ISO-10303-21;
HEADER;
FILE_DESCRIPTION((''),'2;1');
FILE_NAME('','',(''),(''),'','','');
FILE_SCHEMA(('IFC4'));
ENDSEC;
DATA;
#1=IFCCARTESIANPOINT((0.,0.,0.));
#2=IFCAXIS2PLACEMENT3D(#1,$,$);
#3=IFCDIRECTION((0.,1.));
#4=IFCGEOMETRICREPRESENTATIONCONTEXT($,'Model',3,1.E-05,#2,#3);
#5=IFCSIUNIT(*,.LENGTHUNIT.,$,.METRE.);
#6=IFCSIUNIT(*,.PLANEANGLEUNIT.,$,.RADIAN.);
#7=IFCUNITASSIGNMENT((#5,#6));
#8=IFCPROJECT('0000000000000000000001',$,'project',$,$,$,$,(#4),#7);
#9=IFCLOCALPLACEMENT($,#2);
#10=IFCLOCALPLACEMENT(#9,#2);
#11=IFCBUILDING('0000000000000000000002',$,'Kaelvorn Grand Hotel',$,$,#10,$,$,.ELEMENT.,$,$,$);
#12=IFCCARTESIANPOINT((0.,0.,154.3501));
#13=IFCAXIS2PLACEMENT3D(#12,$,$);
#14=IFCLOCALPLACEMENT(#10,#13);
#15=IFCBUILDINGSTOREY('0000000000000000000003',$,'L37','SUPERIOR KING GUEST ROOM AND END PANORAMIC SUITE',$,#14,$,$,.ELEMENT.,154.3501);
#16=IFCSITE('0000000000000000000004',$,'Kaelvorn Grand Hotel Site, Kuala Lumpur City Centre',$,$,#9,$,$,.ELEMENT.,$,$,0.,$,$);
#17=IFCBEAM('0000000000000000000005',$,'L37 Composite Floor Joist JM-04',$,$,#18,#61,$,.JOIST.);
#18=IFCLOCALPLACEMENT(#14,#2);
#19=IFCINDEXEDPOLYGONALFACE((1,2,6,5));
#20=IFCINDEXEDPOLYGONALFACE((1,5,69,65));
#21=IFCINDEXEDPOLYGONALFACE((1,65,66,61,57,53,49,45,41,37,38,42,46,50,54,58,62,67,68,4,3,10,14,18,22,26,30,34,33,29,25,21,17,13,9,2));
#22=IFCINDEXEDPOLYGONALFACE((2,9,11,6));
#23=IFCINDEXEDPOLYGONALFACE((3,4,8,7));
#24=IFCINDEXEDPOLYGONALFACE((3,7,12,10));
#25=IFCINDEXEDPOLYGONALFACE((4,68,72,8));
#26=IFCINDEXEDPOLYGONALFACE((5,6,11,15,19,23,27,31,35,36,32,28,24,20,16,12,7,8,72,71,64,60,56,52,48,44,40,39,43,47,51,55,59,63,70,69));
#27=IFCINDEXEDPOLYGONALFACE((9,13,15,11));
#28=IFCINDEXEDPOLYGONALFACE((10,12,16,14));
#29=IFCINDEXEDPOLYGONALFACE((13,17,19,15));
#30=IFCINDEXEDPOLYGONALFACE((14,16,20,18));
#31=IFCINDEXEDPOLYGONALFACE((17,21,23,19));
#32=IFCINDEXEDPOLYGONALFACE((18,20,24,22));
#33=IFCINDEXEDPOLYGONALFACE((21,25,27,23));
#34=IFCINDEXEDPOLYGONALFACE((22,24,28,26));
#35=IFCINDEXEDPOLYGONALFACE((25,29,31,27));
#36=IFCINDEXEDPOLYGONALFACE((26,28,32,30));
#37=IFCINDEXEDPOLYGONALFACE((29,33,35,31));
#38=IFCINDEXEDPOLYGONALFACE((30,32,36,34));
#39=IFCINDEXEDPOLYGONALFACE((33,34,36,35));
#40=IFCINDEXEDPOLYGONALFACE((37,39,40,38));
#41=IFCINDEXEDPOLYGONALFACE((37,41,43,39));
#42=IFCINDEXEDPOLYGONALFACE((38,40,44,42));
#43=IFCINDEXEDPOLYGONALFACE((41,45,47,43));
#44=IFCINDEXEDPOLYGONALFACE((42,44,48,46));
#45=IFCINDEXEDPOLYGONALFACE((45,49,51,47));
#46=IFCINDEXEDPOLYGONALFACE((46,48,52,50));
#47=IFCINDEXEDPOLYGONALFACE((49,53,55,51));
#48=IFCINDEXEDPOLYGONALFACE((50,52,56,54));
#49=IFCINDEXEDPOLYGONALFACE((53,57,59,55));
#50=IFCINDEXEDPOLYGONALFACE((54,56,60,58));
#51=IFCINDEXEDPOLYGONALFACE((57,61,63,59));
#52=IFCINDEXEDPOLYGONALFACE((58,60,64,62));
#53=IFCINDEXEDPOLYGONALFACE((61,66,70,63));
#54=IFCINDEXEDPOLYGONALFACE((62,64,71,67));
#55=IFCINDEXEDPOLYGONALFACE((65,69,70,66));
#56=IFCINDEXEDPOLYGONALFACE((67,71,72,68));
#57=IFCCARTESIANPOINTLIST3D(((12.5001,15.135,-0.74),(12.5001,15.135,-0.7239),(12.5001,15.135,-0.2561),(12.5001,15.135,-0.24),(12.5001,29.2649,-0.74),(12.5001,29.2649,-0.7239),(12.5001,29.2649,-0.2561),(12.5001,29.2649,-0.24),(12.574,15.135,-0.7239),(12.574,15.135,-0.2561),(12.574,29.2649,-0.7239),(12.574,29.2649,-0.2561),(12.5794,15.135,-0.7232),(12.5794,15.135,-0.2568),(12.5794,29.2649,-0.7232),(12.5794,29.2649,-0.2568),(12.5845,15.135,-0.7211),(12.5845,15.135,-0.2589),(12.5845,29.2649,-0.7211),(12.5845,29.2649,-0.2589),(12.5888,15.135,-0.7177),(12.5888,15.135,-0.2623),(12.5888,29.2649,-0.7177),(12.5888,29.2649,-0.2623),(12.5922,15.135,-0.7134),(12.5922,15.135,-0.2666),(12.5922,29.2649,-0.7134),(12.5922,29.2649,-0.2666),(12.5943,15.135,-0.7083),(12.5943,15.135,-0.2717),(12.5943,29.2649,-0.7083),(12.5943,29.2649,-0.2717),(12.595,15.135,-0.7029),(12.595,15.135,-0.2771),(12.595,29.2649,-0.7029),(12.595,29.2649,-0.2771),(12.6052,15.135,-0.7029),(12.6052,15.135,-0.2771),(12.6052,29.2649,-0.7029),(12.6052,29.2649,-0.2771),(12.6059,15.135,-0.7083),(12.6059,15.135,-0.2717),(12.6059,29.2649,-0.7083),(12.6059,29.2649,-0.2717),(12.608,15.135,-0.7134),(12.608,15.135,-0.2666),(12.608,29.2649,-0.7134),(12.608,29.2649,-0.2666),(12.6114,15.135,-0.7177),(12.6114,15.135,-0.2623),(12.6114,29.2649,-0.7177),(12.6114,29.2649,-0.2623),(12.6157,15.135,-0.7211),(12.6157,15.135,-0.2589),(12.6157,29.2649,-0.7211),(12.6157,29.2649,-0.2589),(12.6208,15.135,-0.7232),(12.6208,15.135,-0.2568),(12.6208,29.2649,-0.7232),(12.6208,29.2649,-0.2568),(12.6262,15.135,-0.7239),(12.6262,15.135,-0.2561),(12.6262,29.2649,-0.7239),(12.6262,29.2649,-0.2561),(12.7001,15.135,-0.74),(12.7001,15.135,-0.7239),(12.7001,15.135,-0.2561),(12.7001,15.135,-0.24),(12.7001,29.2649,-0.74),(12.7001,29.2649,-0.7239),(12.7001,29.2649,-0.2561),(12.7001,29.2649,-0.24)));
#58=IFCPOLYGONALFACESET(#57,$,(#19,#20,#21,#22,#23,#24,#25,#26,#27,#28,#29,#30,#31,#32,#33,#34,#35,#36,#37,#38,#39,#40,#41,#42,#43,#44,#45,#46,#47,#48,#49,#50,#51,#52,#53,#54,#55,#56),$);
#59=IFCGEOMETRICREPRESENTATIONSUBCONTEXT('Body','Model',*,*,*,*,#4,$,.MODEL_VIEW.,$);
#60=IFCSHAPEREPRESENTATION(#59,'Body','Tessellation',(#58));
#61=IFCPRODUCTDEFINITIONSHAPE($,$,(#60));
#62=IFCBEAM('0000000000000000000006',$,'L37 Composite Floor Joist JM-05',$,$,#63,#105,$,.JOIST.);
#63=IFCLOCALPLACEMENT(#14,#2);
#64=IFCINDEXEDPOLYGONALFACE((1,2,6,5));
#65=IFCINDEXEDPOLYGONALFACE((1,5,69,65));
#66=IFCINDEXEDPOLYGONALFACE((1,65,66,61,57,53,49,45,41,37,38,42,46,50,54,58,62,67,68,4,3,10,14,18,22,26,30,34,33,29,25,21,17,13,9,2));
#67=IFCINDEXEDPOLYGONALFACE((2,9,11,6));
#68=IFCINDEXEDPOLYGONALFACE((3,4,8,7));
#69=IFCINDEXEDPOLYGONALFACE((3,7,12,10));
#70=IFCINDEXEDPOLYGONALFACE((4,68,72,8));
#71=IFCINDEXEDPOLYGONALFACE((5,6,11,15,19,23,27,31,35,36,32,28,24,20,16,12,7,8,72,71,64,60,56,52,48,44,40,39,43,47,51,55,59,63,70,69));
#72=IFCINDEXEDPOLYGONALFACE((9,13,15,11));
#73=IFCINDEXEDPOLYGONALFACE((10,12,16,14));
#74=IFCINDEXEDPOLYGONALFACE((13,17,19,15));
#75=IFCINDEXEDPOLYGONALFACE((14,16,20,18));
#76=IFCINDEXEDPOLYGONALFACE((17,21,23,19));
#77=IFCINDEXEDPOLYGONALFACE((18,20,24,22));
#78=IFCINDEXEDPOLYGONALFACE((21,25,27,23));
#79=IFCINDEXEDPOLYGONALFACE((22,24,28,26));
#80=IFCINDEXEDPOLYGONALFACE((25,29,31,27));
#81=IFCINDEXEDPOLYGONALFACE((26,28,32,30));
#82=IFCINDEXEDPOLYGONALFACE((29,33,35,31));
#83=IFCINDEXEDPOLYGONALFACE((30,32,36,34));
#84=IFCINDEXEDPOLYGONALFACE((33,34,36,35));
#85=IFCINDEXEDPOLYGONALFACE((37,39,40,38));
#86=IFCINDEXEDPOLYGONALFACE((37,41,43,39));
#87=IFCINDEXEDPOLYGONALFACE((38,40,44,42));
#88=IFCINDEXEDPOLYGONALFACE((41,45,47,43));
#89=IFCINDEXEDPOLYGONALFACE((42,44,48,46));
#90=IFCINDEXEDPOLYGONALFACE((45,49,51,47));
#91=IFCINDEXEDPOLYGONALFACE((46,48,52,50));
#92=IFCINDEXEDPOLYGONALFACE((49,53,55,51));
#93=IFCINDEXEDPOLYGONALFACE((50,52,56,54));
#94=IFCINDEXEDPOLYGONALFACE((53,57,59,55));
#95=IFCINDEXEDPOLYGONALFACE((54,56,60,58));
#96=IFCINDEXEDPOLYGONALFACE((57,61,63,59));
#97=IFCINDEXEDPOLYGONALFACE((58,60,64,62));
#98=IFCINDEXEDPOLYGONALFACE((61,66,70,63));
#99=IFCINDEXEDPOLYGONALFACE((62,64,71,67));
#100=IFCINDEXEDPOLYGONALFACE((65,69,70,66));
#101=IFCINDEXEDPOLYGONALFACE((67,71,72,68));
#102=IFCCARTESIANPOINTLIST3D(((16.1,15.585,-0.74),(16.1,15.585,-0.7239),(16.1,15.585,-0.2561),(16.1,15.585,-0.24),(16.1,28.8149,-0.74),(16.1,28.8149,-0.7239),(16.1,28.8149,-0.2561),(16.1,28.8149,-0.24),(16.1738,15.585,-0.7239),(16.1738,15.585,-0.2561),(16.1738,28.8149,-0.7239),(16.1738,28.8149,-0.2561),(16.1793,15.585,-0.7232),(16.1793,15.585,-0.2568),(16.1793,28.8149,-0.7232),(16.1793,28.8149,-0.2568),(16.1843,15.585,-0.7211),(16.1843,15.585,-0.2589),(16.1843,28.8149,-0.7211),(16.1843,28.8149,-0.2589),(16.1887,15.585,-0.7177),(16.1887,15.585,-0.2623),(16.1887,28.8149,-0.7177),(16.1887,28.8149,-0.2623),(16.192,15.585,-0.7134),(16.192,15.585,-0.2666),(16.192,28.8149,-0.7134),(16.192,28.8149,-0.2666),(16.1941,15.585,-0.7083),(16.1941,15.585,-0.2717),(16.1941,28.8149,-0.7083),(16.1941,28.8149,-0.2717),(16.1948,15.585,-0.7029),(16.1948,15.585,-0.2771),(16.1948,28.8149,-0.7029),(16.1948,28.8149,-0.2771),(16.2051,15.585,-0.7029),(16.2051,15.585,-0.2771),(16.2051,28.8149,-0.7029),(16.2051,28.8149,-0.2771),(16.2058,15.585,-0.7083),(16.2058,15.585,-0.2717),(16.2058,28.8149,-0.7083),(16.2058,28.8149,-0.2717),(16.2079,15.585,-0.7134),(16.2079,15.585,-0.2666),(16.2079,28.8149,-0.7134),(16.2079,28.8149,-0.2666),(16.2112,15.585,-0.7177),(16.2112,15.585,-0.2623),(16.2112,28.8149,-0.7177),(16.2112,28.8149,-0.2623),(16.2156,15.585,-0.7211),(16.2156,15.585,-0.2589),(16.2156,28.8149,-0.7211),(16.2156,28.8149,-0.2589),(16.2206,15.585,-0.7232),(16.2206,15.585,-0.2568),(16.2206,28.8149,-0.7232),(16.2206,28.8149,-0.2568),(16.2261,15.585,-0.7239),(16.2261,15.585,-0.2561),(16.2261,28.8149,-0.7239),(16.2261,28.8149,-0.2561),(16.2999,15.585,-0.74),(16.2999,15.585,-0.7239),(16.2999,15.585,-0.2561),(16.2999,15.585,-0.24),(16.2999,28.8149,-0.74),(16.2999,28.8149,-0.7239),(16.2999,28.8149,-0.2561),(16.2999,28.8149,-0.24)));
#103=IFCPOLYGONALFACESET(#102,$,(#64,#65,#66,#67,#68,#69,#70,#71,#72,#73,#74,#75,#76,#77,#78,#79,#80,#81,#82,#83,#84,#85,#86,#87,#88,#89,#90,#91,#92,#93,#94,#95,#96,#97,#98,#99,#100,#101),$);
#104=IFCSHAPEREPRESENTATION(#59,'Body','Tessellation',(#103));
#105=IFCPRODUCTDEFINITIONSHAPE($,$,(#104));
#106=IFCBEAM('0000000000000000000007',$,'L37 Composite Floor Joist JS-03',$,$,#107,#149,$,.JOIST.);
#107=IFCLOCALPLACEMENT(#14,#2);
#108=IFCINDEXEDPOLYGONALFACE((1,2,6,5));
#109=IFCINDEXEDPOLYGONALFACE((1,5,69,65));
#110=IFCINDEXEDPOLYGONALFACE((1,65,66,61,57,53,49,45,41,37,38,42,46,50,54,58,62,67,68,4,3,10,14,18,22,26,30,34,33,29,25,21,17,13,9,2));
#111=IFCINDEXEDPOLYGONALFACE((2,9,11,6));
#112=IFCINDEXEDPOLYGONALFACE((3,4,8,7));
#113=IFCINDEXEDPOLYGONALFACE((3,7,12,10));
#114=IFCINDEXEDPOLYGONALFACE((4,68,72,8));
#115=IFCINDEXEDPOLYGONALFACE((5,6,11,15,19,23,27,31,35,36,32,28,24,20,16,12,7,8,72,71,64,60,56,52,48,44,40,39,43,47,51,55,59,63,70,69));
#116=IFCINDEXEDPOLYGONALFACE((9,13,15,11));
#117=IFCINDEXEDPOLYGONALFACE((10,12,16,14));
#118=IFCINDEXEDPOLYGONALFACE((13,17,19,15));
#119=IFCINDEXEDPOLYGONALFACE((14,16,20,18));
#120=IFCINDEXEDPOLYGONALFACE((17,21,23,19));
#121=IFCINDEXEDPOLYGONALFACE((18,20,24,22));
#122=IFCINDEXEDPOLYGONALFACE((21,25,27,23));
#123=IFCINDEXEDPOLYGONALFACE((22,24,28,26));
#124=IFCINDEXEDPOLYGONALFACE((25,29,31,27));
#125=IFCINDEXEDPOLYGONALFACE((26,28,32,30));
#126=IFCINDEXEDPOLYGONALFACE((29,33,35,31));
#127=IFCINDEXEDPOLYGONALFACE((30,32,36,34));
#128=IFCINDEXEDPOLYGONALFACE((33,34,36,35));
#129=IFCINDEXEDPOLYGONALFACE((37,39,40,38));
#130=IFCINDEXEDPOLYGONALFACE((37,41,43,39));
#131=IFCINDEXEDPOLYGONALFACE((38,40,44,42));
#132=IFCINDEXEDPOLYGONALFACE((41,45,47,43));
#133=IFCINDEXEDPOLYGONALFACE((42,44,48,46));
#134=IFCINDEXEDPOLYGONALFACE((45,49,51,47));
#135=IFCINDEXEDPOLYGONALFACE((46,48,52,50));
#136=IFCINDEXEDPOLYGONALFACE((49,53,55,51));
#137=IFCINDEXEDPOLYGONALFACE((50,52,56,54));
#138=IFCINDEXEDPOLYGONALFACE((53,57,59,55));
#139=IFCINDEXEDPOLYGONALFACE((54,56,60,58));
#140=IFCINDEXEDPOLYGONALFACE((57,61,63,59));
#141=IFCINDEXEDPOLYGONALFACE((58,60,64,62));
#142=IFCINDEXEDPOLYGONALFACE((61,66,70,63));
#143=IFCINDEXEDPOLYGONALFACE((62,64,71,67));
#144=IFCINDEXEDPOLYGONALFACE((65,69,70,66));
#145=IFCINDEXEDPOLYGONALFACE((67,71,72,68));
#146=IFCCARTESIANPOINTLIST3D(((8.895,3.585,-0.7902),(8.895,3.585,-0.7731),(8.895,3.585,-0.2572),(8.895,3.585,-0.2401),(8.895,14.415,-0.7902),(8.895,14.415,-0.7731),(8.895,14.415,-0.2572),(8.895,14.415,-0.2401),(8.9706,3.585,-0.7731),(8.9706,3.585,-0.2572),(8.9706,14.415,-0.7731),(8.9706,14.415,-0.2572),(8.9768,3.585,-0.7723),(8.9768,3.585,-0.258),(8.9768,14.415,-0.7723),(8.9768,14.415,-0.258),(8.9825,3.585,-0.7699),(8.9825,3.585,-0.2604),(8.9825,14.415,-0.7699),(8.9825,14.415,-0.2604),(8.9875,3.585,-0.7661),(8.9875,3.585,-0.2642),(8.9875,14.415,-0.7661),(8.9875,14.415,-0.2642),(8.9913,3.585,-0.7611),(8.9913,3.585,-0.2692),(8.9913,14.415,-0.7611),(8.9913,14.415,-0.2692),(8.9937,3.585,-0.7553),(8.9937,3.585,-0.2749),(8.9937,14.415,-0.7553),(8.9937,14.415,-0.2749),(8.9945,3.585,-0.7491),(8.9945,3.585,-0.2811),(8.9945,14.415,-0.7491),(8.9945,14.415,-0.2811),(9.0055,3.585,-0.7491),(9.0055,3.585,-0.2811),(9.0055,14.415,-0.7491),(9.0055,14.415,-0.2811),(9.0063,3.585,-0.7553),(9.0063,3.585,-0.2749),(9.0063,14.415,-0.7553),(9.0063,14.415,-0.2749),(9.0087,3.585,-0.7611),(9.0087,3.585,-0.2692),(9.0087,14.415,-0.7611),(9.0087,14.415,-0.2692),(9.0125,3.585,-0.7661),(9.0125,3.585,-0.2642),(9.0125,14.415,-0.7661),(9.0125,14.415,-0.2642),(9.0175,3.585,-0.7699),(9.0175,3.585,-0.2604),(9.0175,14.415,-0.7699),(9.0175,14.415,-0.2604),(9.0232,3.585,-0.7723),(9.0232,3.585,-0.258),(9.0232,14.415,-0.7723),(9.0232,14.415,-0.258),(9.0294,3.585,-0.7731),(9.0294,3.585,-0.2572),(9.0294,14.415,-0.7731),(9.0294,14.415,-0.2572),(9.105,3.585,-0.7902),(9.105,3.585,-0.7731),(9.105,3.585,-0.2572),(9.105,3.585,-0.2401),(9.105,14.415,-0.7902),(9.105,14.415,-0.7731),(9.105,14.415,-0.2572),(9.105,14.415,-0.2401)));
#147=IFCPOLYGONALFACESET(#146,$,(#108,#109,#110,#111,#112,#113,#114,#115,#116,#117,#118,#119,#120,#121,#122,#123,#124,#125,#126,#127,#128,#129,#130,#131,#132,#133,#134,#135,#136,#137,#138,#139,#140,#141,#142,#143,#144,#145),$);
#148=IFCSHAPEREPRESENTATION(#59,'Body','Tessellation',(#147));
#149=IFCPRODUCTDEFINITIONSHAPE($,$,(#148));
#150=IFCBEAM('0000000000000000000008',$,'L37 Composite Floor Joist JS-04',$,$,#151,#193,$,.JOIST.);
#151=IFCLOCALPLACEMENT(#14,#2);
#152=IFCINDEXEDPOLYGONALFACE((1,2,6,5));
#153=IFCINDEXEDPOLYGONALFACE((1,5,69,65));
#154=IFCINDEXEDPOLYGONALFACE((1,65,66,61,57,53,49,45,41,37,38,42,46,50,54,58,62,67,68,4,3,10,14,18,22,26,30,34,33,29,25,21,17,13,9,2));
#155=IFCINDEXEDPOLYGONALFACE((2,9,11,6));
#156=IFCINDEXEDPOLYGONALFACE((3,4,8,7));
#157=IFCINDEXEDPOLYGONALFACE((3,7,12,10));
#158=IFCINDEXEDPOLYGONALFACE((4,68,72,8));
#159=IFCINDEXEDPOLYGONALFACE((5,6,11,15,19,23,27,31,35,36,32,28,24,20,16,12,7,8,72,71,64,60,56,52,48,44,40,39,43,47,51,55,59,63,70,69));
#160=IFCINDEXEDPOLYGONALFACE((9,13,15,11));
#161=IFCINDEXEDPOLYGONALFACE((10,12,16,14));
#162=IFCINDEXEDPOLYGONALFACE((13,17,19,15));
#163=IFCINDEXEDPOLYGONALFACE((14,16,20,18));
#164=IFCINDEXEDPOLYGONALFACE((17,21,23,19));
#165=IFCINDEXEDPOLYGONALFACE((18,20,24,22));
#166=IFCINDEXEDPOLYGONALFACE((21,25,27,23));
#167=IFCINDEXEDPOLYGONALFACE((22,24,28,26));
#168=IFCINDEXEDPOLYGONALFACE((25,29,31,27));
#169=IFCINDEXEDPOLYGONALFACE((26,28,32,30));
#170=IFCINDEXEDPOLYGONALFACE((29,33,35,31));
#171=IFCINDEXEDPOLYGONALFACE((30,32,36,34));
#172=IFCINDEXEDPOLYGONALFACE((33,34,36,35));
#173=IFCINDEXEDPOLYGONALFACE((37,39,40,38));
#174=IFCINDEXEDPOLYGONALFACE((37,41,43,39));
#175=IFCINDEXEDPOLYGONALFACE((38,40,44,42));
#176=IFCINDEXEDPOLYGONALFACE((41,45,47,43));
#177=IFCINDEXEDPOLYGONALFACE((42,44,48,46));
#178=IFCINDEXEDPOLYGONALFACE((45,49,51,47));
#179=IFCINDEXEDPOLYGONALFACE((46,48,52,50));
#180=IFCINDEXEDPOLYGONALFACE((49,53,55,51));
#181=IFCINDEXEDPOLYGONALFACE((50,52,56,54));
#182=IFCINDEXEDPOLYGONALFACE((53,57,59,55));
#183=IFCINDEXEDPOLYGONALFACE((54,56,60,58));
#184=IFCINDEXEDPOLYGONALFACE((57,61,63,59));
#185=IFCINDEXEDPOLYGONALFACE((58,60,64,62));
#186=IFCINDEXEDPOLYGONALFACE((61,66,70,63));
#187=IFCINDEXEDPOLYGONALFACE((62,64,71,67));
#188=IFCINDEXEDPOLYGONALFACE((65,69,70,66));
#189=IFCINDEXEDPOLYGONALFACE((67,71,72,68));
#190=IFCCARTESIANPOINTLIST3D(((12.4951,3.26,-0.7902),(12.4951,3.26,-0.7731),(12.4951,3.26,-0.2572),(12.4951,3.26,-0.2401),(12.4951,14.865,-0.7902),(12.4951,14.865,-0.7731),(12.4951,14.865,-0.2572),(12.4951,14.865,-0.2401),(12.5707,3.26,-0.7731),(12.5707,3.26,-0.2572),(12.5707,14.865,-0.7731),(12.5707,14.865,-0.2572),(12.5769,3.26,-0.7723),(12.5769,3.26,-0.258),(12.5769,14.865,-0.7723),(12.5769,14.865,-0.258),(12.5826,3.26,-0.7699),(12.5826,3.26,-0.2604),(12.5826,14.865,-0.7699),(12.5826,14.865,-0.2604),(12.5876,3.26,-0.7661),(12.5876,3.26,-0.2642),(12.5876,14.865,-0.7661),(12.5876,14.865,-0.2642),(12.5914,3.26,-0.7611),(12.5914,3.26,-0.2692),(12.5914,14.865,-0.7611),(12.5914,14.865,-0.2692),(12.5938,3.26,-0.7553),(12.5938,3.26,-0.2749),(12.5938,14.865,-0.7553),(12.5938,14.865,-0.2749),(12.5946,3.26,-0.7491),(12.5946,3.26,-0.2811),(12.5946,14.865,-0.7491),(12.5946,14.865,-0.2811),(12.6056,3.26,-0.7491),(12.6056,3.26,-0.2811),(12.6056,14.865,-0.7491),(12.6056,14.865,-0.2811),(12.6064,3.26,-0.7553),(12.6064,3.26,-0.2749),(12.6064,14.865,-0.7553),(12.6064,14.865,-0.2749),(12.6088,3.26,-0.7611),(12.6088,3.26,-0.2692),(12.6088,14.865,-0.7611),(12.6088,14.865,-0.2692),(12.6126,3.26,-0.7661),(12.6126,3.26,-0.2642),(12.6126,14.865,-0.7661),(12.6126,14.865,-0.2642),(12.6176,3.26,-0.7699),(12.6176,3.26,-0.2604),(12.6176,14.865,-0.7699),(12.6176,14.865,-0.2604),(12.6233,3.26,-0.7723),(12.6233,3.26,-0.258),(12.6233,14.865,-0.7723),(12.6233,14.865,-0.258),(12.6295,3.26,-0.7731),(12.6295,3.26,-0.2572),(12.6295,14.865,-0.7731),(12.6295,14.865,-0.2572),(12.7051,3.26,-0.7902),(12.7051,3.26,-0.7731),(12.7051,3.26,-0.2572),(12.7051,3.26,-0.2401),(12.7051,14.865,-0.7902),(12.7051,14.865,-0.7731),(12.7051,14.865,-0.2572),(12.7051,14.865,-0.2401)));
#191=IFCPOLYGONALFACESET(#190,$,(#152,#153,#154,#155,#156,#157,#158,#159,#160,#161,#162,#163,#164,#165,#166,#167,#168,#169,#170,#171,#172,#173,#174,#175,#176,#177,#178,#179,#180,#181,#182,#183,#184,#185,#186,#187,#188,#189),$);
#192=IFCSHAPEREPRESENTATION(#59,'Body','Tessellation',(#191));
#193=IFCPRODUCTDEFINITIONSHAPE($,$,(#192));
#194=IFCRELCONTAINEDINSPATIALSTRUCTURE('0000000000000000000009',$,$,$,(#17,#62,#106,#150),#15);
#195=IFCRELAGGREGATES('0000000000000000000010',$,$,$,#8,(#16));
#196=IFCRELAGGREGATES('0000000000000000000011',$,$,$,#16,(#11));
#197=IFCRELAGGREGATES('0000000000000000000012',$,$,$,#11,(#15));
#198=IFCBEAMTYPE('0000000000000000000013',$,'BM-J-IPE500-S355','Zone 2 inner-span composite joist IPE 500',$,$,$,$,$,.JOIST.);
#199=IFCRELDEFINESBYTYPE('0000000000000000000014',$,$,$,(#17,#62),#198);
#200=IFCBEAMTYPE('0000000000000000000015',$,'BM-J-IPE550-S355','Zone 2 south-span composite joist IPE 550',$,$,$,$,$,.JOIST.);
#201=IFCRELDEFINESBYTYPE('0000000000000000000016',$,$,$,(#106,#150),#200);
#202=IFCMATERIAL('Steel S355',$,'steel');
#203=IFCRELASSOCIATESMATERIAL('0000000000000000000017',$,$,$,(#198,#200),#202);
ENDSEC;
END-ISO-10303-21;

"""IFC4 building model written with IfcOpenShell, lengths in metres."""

from ifc_helpers import new_model, si_unit, direction, frame, origin, origin_2d, place, context, subcontext, project, spatial, i_section, extrude, material, material_profile, profile_set, type_object, element, save


model = new_model("IFC4")

# Units and contexts
model_context = context("Model", 3, precision=1e-05, world=origin(), true_north=direction((0.0, 1.0)))
body_context = subcontext(model_context, "Body", "Model", "MODEL_VIEW")
ifc_project = project(units=[si_unit("LENGTHUNIT", "METRE"), si_unit("PLANEANGLEUNIT", "RADIAN")], contexts=[model_context])

# Site, building, storey
site_placement = place(None, origin())
site = spatial("IfcSite", under=ifc_project, at=site_placement, Name="Kaelvorn Grand Hotel Site, Kuala Lumpur City Centre", CompositionType="ELEMENT", RefElevation=0.0)
building_placement = place(site_placement, origin())
building = spatial("IfcBuilding", under=site, at=building_placement, Name="Kaelvorn Grand Hotel", CompositionType="ELEMENT")
storey_placement = place(building_placement, frame((0.0, 0.0, 154.3501)))
storey = spatial("IfcBuildingStorey", under=building, at=storey_placement, Name="L37", Description="SUPERIOR KING GUEST ROOM AND END PANORAMIC SUITE", CompositionType="ELEMENT", Elevation=154.3501)

# Beams
ifc_material_1 = material(Name="Steel S355", Category="steel")
ifc_material_profile_1 = material_profile(ifc_material_1, i_section(OverallWidth=0.2, OverallDepth=0.5, WebThickness=0.0103, FlangeThickness=0.0161, FilletRadius=0.021, at=origin_2d()), Name="IPE 500")
ifc_profile_set_1 = profile_set([ifc_material_profile_1], Name="Steel S355")
beam_type_1 = type_object("IfcBeamType", Name="BM-J-IPE500-S355", Description="Zone 2 inner-span composite joist IPE 500", PredefinedType="JOIST", material=ifc_profile_set_1)
beam_1_placement = place(storey_placement, frame((12.6001, 15.135, -0.49), z_axis=(0.0, 1.0, 0.0), x_axis=(-1.0, 0.0, 0.0)))
element("IfcBeam", 1, at=beam_1_placement, inside=storey, type_object=beam_type_1, Name="L37 Composite Floor Joist JM-04", PredefinedType="JOIST", context=body_context, shape_type="SweptSolid", body=[
    extrude(i_section(OverallWidth=0.2, OverallDepth=0.5, WebThickness=0.0103, FlangeThickness=0.0161, FilletRadius=0.021, at=origin_2d()), origin(), (0.0, 0.0, 1.0), 14.1299),
])
beam_2_placement = place(storey_placement, frame((16.2, 15.585, -0.49), z_axis=(0.0, 1.0, 0.0), x_axis=(-1.0, 0.0, 0.0)))
element("IfcBeam", 2, at=beam_2_placement, inside=storey, type_object=beam_type_1, Name="L37 Composite Floor Joist JM-05", PredefinedType="JOIST", context=body_context, shape_type="SweptSolid", body=[
    extrude(i_section(OverallWidth=0.2, OverallDepth=0.5, WebThickness=0.0103, FlangeThickness=0.0161, FilletRadius=0.021, at=origin_2d()), origin(), (0.0, 0.0, 1.0), 13.23),
])
ifc_material_profile_2 = material_profile(ifc_material_1, i_section(OverallWidth=0.21, OverallDepth=0.55, WebThickness=0.011, FlangeThickness=0.0171, FilletRadius=0.0239, at=origin_2d()), Name="IPE 550")
ifc_profile_set_2 = profile_set([ifc_material_profile_2], Name="Steel S355")
beam_type_2 = type_object("IfcBeamType", Name="BM-J-IPE550-S355", Description="Zone 2 south-span composite joist IPE 550", PredefinedType="JOIST", material=ifc_profile_set_2)
beam_3_placement = place(storey_placement, frame((9.0, 3.585, -0.5151), z_axis=(0.0, 1.0, 0.0), x_axis=(-1.0, 0.0, 0.0)))
element("IfcBeam", 3, at=beam_3_placement, inside=storey, type_object=beam_type_2, Name="L37 Composite Floor Joist JS-03", PredefinedType="JOIST", context=body_context, shape_type="SweptSolid", body=[
    extrude(i_section(OverallWidth=0.21, OverallDepth=0.55, WebThickness=0.011, FlangeThickness=0.0171, FilletRadius=0.0239, at=origin_2d()), origin(), (0.0, 0.0, 1.0), 10.8301),
])
beam_4_placement = place(storey_placement, frame((12.6001, 3.26, -0.5151), z_axis=(0.0, 1.0, 0.0), x_axis=(-1.0, 0.0, 0.0)))
element("IfcBeam", 4, at=beam_4_placement, inside=storey, type_object=beam_type_2, Name="L37 Composite Floor Joist JS-04", PredefinedType="JOIST", context=body_context, shape_type="SweptSolid", body=[
    extrude(i_section(OverallWidth=0.21, OverallDepth=0.55, WebThickness=0.011, FlangeThickness=0.0171, FilletRadius=0.0239, at=origin_2d()), origin(), (0.0, 0.0, 1.0), 11.605),
])

save(model, "model.ifc")
